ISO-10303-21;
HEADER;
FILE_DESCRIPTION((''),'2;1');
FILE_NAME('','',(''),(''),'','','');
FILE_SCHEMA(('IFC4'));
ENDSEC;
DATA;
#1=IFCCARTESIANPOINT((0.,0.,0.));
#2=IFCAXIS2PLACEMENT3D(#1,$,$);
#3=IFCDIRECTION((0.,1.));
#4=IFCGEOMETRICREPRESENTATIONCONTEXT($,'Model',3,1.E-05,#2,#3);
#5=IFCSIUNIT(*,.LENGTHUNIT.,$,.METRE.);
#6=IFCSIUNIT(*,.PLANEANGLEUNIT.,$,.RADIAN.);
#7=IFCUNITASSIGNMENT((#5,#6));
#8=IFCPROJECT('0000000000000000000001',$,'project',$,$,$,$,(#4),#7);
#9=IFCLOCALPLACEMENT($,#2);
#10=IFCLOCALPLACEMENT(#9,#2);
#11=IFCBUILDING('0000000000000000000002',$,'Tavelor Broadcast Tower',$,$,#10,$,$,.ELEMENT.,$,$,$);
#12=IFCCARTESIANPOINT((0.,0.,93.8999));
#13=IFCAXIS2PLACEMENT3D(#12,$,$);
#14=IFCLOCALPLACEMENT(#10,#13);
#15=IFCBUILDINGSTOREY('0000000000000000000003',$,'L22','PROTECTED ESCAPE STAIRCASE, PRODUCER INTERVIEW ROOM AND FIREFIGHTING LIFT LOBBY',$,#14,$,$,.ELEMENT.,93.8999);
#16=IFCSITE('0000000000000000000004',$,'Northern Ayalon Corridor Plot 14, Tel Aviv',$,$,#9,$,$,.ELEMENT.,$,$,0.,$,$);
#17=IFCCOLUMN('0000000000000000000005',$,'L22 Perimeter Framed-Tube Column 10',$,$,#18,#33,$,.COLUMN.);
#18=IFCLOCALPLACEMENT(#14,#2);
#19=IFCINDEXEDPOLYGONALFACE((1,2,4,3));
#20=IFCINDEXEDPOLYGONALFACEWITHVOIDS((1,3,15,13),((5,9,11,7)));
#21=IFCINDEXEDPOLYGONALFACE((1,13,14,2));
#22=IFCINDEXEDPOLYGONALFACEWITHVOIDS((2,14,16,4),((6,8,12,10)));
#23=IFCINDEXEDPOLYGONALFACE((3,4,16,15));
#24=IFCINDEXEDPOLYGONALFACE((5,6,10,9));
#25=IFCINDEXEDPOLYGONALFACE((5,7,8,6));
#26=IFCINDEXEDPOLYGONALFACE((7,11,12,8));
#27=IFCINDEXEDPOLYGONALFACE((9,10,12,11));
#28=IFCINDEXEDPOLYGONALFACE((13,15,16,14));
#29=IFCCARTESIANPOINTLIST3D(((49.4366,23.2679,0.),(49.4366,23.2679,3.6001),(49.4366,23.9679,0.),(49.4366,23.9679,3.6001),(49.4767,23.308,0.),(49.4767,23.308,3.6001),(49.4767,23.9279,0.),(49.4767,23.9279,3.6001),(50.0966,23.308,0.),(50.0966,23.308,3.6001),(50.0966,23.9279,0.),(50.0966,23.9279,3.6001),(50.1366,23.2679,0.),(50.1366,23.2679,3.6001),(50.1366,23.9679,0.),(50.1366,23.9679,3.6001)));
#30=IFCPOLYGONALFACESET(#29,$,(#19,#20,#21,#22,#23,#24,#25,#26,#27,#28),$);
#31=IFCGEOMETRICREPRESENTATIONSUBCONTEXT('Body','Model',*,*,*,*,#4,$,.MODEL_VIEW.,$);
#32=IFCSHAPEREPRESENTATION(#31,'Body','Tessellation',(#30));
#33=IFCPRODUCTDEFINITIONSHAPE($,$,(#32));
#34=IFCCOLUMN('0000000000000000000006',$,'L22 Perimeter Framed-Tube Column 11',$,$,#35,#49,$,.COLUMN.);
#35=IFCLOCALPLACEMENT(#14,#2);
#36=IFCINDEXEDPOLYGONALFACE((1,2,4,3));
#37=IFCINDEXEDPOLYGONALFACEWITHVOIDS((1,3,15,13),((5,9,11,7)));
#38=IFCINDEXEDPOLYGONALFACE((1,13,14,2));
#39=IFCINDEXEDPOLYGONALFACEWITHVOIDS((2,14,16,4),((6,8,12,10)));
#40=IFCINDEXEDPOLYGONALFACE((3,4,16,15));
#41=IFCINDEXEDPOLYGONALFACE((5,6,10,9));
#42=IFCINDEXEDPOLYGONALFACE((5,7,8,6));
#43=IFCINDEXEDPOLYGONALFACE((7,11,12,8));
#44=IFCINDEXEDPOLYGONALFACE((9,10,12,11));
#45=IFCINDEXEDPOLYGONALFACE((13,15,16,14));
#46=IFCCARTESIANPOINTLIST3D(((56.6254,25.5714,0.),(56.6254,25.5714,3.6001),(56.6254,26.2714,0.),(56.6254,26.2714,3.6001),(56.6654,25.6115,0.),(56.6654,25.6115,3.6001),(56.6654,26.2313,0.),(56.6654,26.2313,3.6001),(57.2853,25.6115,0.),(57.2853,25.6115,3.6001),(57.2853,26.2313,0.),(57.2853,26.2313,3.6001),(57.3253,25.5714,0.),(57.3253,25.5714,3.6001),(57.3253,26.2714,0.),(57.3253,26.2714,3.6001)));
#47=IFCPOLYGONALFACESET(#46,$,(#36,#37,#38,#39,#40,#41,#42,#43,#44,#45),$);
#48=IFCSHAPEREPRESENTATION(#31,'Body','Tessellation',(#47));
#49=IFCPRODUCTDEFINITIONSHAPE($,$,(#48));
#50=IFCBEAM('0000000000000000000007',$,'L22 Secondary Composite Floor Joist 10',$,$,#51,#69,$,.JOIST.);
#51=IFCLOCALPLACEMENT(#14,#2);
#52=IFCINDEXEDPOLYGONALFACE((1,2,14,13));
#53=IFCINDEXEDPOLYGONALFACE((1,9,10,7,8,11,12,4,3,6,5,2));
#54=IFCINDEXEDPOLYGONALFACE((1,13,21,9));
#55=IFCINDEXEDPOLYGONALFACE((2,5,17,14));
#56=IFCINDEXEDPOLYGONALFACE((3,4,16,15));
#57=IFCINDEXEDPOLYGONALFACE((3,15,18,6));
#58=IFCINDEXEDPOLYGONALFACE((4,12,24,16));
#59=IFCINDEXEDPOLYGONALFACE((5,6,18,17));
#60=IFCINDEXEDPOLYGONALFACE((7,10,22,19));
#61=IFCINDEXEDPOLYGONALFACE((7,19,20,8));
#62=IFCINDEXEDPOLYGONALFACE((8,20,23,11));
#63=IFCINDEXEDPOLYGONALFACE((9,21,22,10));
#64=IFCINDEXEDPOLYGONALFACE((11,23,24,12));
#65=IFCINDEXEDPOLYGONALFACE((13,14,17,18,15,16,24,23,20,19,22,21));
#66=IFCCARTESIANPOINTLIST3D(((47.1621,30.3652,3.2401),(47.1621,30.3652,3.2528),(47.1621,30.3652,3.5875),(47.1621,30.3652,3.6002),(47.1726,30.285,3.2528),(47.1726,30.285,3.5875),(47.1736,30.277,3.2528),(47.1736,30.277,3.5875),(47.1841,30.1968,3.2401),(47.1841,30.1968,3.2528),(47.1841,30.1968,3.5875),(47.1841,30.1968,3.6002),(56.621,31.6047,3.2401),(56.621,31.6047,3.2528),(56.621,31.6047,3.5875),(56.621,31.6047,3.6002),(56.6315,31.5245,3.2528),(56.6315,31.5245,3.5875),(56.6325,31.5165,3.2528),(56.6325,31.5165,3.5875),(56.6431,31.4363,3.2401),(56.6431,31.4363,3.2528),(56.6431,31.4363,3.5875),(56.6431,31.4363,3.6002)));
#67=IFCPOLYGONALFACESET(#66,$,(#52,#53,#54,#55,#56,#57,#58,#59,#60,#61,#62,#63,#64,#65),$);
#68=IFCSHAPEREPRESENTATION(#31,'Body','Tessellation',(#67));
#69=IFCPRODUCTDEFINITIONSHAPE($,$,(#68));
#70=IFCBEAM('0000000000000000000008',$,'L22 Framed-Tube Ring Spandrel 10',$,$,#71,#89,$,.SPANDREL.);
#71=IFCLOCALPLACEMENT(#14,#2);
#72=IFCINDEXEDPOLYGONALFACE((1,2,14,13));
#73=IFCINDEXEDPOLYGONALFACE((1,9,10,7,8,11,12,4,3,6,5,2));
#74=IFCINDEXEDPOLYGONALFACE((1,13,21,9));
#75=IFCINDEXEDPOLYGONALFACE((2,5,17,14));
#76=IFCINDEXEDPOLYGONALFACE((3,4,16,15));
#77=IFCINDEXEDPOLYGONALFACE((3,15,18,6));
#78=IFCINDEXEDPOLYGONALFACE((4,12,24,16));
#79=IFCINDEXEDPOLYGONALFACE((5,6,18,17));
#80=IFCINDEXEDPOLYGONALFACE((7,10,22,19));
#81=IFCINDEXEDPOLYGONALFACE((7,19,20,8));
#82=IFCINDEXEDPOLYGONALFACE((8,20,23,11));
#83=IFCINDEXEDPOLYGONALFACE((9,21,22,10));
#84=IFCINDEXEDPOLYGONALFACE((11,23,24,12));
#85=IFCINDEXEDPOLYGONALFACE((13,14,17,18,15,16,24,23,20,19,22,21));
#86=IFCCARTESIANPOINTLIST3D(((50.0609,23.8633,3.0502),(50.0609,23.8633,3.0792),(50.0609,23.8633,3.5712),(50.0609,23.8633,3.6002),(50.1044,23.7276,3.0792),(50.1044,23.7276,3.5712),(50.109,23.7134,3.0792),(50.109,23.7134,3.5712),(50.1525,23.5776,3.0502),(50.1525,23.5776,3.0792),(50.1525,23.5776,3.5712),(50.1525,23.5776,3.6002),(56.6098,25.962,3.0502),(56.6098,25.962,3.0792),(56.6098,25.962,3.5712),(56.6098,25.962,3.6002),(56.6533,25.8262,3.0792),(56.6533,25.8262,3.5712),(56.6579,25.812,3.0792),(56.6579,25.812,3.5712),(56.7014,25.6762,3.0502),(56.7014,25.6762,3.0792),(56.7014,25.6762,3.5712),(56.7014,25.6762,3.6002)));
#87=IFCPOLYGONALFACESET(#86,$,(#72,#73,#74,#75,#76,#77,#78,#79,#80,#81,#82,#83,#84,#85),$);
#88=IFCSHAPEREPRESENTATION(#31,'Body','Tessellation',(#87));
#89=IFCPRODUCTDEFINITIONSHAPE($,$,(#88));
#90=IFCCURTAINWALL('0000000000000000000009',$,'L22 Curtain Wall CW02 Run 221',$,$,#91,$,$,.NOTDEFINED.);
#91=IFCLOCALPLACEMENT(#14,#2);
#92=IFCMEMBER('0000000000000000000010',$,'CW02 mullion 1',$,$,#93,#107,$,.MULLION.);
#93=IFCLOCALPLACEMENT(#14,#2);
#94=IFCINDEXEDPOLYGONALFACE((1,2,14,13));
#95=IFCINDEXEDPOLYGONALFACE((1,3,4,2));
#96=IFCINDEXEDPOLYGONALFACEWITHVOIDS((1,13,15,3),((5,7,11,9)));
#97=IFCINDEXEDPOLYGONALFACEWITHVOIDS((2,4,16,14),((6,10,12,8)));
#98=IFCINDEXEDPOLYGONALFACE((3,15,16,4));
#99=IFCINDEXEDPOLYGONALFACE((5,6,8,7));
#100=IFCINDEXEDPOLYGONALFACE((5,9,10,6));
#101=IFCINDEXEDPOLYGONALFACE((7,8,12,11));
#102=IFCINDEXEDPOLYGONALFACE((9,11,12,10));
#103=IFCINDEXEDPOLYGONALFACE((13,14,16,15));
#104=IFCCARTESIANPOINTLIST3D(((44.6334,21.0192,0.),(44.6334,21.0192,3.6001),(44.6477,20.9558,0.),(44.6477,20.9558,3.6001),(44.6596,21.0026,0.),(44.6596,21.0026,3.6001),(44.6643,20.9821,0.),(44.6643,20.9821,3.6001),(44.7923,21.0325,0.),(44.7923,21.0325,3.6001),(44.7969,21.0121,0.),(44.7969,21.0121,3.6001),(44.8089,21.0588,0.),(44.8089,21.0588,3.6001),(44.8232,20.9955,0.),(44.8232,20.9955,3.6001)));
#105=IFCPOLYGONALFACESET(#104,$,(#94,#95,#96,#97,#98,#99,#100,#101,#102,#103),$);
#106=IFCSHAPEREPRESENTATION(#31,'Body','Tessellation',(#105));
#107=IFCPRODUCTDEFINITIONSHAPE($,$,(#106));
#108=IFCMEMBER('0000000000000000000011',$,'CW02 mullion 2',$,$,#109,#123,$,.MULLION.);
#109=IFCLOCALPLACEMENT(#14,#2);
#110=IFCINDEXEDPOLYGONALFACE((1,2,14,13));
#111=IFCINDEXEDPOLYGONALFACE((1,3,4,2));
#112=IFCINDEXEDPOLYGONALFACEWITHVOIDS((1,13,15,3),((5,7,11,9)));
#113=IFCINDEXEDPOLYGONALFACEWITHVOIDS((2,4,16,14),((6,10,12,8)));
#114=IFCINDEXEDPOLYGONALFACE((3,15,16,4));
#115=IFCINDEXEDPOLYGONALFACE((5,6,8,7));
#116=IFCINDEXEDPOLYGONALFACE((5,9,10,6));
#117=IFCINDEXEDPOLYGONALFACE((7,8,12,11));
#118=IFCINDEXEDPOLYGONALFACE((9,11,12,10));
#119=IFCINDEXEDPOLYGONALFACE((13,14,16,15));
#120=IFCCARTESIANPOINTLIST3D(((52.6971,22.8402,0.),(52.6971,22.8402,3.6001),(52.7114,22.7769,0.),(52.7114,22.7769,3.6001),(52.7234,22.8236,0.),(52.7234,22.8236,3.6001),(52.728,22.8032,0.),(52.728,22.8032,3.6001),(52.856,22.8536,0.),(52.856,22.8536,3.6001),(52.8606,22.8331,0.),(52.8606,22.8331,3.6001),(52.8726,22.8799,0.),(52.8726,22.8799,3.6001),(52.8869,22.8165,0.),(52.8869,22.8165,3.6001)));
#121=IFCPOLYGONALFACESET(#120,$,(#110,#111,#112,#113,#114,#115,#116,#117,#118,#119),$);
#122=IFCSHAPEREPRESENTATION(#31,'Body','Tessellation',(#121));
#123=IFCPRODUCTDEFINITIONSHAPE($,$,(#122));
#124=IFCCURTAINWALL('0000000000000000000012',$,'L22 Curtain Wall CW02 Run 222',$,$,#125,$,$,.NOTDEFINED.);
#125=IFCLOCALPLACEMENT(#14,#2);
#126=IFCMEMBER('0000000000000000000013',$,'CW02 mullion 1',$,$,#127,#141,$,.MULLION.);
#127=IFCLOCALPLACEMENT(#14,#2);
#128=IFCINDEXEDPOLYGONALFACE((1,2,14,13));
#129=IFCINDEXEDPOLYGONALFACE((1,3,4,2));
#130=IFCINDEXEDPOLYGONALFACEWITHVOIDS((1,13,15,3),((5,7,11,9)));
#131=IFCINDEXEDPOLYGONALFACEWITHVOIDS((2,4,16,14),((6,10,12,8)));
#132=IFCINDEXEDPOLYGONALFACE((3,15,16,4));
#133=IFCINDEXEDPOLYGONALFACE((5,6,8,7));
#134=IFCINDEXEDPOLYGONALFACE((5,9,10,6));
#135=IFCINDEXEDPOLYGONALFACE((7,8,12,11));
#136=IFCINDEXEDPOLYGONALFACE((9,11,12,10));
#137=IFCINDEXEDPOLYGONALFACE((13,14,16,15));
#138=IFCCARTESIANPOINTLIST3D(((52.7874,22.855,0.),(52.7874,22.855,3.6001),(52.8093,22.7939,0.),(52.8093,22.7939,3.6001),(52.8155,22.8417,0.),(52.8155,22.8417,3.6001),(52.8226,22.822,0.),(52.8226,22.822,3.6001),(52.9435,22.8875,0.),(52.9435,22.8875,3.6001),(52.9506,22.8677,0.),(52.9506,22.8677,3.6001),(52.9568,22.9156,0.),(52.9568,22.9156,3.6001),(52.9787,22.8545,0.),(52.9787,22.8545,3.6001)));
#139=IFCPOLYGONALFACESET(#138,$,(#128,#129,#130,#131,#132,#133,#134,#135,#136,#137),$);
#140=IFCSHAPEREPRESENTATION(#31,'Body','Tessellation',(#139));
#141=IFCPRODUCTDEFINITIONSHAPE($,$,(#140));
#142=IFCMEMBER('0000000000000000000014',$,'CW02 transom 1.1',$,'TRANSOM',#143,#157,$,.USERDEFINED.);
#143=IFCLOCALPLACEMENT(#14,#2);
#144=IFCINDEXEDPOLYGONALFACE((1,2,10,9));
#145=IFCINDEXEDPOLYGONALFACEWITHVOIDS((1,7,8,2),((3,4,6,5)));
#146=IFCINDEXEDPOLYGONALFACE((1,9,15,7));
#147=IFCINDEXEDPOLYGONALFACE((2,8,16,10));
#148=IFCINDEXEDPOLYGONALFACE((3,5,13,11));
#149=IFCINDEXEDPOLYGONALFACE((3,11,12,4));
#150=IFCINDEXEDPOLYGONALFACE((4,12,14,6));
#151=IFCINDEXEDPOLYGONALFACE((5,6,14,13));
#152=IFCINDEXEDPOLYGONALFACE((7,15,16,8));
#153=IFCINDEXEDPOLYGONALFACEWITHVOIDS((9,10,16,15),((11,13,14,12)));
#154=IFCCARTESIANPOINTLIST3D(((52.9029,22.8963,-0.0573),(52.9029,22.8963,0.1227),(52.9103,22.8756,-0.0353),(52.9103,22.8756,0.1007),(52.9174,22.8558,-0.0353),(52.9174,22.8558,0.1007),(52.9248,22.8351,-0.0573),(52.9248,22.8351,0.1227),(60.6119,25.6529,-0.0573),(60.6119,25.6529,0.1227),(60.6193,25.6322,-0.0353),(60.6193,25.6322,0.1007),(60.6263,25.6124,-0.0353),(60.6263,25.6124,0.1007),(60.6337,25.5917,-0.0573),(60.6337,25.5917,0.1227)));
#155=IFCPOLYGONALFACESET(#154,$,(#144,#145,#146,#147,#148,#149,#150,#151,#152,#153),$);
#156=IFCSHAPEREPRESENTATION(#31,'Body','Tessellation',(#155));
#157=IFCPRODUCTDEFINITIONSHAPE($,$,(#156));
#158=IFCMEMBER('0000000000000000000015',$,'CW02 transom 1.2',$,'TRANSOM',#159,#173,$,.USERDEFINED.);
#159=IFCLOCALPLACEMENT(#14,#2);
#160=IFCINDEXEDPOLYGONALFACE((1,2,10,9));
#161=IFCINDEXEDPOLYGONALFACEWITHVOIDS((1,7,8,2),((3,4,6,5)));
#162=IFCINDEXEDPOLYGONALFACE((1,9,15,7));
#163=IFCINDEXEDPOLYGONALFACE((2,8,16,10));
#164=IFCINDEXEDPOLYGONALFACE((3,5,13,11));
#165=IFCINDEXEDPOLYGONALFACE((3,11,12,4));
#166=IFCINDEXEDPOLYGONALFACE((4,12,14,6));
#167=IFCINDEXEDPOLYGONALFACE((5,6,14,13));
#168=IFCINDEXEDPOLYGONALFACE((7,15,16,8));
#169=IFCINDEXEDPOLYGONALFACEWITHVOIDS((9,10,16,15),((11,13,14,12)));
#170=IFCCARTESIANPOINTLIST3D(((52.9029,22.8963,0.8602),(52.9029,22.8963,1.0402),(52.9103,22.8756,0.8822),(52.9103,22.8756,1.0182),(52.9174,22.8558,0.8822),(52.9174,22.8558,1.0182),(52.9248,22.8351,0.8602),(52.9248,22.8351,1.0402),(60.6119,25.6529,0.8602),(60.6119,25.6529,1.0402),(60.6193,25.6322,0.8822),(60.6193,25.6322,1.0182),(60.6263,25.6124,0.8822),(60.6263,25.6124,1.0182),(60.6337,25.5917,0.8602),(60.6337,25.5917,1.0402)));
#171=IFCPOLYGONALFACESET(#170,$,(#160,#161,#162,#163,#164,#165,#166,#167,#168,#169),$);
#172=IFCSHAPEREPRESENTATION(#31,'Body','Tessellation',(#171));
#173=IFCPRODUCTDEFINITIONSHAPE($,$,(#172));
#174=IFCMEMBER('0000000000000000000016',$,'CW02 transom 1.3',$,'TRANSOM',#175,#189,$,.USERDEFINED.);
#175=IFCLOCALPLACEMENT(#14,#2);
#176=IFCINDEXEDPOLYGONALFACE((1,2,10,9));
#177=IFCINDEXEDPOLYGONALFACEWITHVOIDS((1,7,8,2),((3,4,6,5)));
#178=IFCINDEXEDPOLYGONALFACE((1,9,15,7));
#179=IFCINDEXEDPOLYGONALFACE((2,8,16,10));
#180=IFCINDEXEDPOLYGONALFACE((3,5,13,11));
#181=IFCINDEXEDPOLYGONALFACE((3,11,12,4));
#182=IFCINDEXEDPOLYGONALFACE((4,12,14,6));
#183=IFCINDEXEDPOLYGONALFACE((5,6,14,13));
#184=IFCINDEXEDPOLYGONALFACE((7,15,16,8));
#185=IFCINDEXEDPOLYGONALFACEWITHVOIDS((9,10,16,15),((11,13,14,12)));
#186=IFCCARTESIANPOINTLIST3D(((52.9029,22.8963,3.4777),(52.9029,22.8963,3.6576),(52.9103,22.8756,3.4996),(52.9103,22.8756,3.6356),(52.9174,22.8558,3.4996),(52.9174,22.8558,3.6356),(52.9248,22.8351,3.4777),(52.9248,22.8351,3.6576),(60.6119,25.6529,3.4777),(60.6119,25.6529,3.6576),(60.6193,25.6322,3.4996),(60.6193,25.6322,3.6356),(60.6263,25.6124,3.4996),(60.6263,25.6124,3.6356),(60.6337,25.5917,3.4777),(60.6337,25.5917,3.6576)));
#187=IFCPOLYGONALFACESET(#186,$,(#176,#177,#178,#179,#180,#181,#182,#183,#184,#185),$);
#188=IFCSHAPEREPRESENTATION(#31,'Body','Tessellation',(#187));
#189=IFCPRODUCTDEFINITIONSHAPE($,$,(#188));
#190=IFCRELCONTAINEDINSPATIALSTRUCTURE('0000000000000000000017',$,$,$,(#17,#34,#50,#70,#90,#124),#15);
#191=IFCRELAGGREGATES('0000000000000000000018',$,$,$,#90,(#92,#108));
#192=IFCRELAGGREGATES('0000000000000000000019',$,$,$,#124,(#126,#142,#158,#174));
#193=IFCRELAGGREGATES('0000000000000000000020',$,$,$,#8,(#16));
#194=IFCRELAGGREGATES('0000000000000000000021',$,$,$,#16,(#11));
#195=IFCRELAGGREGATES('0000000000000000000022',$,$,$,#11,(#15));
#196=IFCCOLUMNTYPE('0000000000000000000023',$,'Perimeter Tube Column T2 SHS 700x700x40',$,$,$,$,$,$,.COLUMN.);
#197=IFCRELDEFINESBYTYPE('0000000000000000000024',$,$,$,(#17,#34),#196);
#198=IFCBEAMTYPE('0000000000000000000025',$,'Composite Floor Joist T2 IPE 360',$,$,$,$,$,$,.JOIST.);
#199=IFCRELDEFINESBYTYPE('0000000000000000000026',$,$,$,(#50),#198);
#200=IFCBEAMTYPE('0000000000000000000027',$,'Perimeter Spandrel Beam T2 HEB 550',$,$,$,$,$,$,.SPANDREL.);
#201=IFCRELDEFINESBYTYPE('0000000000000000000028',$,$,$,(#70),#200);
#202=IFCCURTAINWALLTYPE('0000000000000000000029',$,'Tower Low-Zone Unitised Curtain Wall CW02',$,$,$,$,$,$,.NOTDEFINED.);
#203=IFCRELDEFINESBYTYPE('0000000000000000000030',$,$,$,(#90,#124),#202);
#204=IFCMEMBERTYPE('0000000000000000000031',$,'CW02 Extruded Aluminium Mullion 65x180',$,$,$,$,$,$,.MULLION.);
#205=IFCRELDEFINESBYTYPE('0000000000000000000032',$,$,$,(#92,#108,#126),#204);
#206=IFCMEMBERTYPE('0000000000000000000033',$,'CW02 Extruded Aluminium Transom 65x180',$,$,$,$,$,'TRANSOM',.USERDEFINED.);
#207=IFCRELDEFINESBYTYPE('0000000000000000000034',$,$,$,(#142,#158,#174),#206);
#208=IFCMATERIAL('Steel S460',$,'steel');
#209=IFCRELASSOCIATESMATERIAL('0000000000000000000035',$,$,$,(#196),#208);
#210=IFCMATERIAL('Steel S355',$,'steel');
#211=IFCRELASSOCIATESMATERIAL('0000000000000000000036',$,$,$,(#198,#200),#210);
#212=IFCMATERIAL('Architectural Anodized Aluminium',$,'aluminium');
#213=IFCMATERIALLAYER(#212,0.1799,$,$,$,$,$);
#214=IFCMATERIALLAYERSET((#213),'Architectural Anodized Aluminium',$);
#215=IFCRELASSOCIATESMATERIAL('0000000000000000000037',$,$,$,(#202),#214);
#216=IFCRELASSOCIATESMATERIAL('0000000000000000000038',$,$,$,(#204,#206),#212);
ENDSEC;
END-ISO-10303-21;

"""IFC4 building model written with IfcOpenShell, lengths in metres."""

from ifc_helpers import new_model, si_unit, direction, frame, origin, origin_2d, place, context, subcontext, project, spatial, hollow_rectangle, i_section, extrude, source, transform, mapped, material, layer, layer_set, material_profile, profile_set, type_object, type_shapes, element, aggregate, save


model = new_model("IFC4")

# Units and contexts
model_context = context("Model", 3, precision=1e-05, world=origin(), true_north=direction((0.0, 1.0)))
body_context = subcontext(model_context, "Body", "Model", "MODEL_VIEW")
ifc_project = project(units=[si_unit("LENGTHUNIT", "METRE"), si_unit("PLANEANGLEUNIT", "RADIAN")], contexts=[model_context])

# Site, building, storey
site_placement = place(None, origin())
site = spatial("IfcSite", under=ifc_project, at=site_placement, Name="Northern Ayalon Corridor Plot 14, Tel Aviv", CompositionType="ELEMENT", RefElevation=0.0)
building_placement = place(site_placement, origin())
building = spatial("IfcBuilding", under=site, at=building_placement, Name="Tavelor Broadcast Tower", CompositionType="ELEMENT")
storey_placement = place(building_placement, frame((0.0, 0.0, 93.8999)))
storey = spatial("IfcBuildingStorey", under=building, at=storey_placement, Name="L22", Description="PROTECTED ESCAPE STAIRCASE, PRODUCER INTERVIEW ROOM AND FIREFIGHTING LIFT LOBBY", CompositionType="ELEMENT", Elevation=93.8999)

# Columns
ifc_material_1 = material(Name="Steel S460", Category="steel")
ifc_material_profile_1 = material_profile(ifc_material_1, hollow_rectangle(XDim=0.7, YDim=0.7, WallThickness=0.04, at=origin_2d()), Name="SHS 700x700x40")
ifc_profile_set_1 = profile_set([ifc_material_profile_1], Name="Steel S460")
column_type = type_object("IfcColumnType", Name="Perimeter Tube Column T2 SHS 700x700x40", PredefinedType="COLUMN", material=ifc_profile_set_1)
for number, where, z_axis, x_axis, name in (
    (1, (49.7866, 23.6179, 0.0), (0.0, 0.0, 1.0), (1.0, 0.0, 0.0), "L22 Perimeter Framed-Tube Column 10"),
    (2, (56.9753, 25.9214, 0.0), (0.0, 0.0, 1.0), (1.0, 0.0, 0.0), "L22 Perimeter Framed-Tube Column 11"),
):
    element("IfcColumn", number, at=place(storey_placement, frame(where, z_axis=z_axis, x_axis=x_axis)), inside=storey, type_object=column_type, Name=name, PredefinedType="COLUMN", context=body_context, shape_type="SweptSolid", body=[
        extrude(hollow_rectangle(XDim=0.7, YDim=0.7, WallThickness=0.04, at=origin_2d()), origin(), (0.0, 0.0, 1.0), 3.6001),
    ])

# Beams
ifc_material_2 = material(Name="Steel S355", Category="steel")
ifc_material_profile_2 = material_profile(ifc_material_2, i_section(OverallWidth=0.1699, OverallDepth=0.3601, WebThickness=0.0081, FlangeThickness=0.0127, at=origin_2d()), Name="IPE 360")
ifc_profile_set_2 = profile_set([ifc_material_profile_2], Name="Steel S355")
beam_type_1 = type_object("IfcBeamType", Name="Composite Floor Joist T2 IPE 360", PredefinedType="JOIST", material=ifc_profile_set_2)
beam_1_placement = place(storey_placement, frame((47.1731, 30.281, 3.4202), z_axis=(0.991523, 0.129929, 0.0), x_axis=(-0.129929, 0.991523, 0.0)))
element("IfcBeam", 3, at=beam_1_placement, inside=storey, type_object=beam_type_1, Name="L22 Secondary Composite Floor Joist 10", PredefinedType="JOIST", context=body_context, shape_type="SweptSolid", body=[
    extrude(i_section(OverallWidth=0.1699, OverallDepth=0.3601, WebThickness=0.0081, FlangeThickness=0.0127, at=origin_2d()), origin(), (0.0, 0.0, 1.0), 9.5398),
])
ifc_material_profile_3 = material_profile(ifc_material_2, i_section(OverallWidth=0.3, OverallDepth=0.55, WebThickness=0.0149, FlangeThickness=0.0291, at=origin_2d()), Name="HEB 550")
ifc_profile_set_3 = profile_set([ifc_material_profile_3], Name="Steel S355")
beam_type_2 = type_object("IfcBeamType", Name="Perimeter Spandrel Beam T2 HEB 550", PredefinedType="SPANDREL", material=ifc_profile_set_3)
beam_2_placement = place(storey_placement, frame((50.1067, 23.7205, 3.3252), z_axis=(0.952297, 0.305172, 0.0), x_axis=(-0.305172, 0.952297, 0.0)))
element("IfcBeam", 4, at=beam_2_placement, inside=storey, type_object=beam_type_2, Name="L22 Framed-Tube Ring Spandrel 10", PredefinedType="SPANDREL", context=body_context, shape_type="SweptSolid", body=[
    extrude(i_section(OverallWidth=0.3, OverallDepth=0.55, WebThickness=0.0149, FlangeThickness=0.0291, at=origin_2d()), origin(), (0.0, 0.0, 1.0), 6.877),
])

# Curtain walls, members
ifc_material_3 = material(Name="Architectural Anodized Aluminium", Category="aluminium")
ifc_layer_1 = layer(ifc_material_3, 0.1799)
ifc_layer_set_1 = layer_set([ifc_layer_1], Name="Architectural Anodized Aluminium")
curtain_wall_type = type_object("IfcCurtainWallType", Name="Tower Low-Zone Unitised Curtain Wall CW02", PredefinedType="NOTDEFINED", material=ifc_layer_set_1)
curtain_wall_1_placement = place(storey_placement, origin())
curtain_wall_1 = element("IfcCurtainWall", 5, at=curtain_wall_1_placement, inside=storey, type_object=curtain_wall_type, Name="L22 Curtain Wall CW02 Run 221", PredefinedType="NOTDEFINED")
ifc_material_profile_4 = material_profile(ifc_material_3, hollow_rectangle(XDim=0.0649, YDim=0.1799, WallThickness=0.022, at=origin_2d()), Name="RHS 65x180x22")
ifc_profile_set_4 = profile_set([ifc_material_profile_4], Name="Architectural Anodized Aluminium")
member_type_1 = type_object("IfcMemberType", Name="CW02 Extruded Aluminium Mullion 65x180", PredefinedType="MULLION", material=ifc_profile_set_4)
shared_shape_1 = source(origin(), body_context, "Body", "SweptSolid", [
    extrude(hollow_rectangle(XDim=0.0649, YDim=0.1799, WallThickness=0.022, at=origin_2d()), origin(), (0.0, 0.0, 1.0), 3.6001),
])
type_shapes(member_type_1, [shared_shape_1])
member_1_placement = place(storey_placement, frame((44.7283, 21.0073, 0.0), z_axis=(0.0, 0.0, 1.0), x_axis=(-0.220275, 0.975438, 0.0)))
member_1 = element("IfcMember", 6, at=member_1_placement, type_object=member_type_1, Name="CW02 mullion 1", PredefinedType="MULLION", context=body_context, shape_type="MappedRepresentation", body=[
    mapped(shared_shape_1, transform((0.0, 0.0, 0.0), scale=1.0)),
])
member_2_placement = place(storey_placement, frame((52.792, 22.8284, 0.0), z_axis=(0.0, 0.0, 1.0), x_axis=(-0.220275, 0.975438, 0.0)))
member_2 = element("IfcMember", 7, at=member_2_placement, type_object=member_type_1, Name="CW02 mullion 2", PredefinedType="MULLION", context=body_context, shape_type="MappedRepresentation", body=[
    mapped(shared_shape_1, transform((0.0, 0.0, 0.0), scale=1.0)),
])
curtain_wall_2_placement = place(storey_placement, origin())
curtain_wall_2 = element("IfcCurtainWall", 8, at=curtain_wall_2_placement, inside=storey, type_object=curtain_wall_type, Name="L22 Curtain Wall CW02 Run 222", PredefinedType="NOTDEFINED")
member_3_placement = place(storey_placement, frame((52.8831, 22.8547, 0.0), z_axis=(0.0, 0.0, 1.0), x_axis=(-0.336696, 0.941613, 0.0)))
member_3 = element("IfcMember", 9, at=member_3_placement, type_object=member_type_1, Name="CW02 mullion 1", PredefinedType="MULLION", context=body_context, shape_type="MappedRepresentation", body=[
    mapped(shared_shape_1, transform((0.0, 0.0, 0.0), scale=1.0)),
])
ifc_material_profile_5 = material_profile(ifc_material_3, hollow_rectangle(XDim=0.0649, YDim=0.1799, WallThickness=0.022, at=origin_2d()), Name="RHS 65x180x22")
ifc_profile_set_5 = profile_set([ifc_material_profile_5], Name="Architectural Anodized Aluminium")
member_type_2 = type_object("IfcMemberType", Name="CW02 Extruded Aluminium Transom 65x180", ElementType="TRANSOM", PredefinedType="USERDEFINED", material=ifc_profile_set_5)
shared_shape_2 = source(origin(), body_context, "Body", "SweptSolid", [
    extrude(hollow_rectangle(XDim=0.0649, YDim=0.1799, WallThickness=0.022, at=origin_2d()), origin(), (0.0, 0.0, 1.0), 8.187),
])
member_4_placement = place(storey_placement, frame((52.9138, 22.8657, 0.0327), z_axis=(0.941611, 0.336703, 0.0), x_axis=(-0.336703, 0.941611, 0.0)))
member_4 = element("IfcMember", 10, at=member_4_placement, type_object=member_type_2, Name="CW02 transom 1.1", ObjectType="TRANSOM", PredefinedType="USERDEFINED", context=body_context, shape_type="MappedRepresentation", body=[
    mapped(shared_shape_2, transform((0.0, 0.0, 0.0), scale=1.0)),
])
member_5_placement = place(storey_placement, frame((52.9138, 22.8657, 0.9502), z_axis=(0.941611, 0.336703, 0.0), x_axis=(-0.336703, 0.941611, 0.0)))
member_5 = element("IfcMember", 11, at=member_5_placement, type_object=member_type_2, Name="CW02 transom 1.2", ObjectType="TRANSOM", PredefinedType="USERDEFINED", context=body_context, shape_type="MappedRepresentation", body=[
    mapped(shared_shape_2, transform((0.0, 0.0, 0.0), scale=1.0)),
])
member_6_placement = place(storey_placement, frame((52.9138, 22.8657, 3.5676), z_axis=(0.941611, 0.336703, 0.0), x_axis=(-0.336703, 0.941611, 0.0)))
member_6 = element("IfcMember", 12, at=member_6_placement, type_object=member_type_2, Name="CW02 transom 1.3", ObjectType="TRANSOM", PredefinedType="USERDEFINED", context=body_context, shape_type="MappedRepresentation", body=[
    mapped(shared_shape_2, transform((0.0, 0.0, 0.0), scale=1.0)),
])

aggregate(curtain_wall_1, [member_1, member_2])
aggregate(curtain_wall_2, [member_3, member_4, member_5, member_6])

save(model, "model.ifc")
